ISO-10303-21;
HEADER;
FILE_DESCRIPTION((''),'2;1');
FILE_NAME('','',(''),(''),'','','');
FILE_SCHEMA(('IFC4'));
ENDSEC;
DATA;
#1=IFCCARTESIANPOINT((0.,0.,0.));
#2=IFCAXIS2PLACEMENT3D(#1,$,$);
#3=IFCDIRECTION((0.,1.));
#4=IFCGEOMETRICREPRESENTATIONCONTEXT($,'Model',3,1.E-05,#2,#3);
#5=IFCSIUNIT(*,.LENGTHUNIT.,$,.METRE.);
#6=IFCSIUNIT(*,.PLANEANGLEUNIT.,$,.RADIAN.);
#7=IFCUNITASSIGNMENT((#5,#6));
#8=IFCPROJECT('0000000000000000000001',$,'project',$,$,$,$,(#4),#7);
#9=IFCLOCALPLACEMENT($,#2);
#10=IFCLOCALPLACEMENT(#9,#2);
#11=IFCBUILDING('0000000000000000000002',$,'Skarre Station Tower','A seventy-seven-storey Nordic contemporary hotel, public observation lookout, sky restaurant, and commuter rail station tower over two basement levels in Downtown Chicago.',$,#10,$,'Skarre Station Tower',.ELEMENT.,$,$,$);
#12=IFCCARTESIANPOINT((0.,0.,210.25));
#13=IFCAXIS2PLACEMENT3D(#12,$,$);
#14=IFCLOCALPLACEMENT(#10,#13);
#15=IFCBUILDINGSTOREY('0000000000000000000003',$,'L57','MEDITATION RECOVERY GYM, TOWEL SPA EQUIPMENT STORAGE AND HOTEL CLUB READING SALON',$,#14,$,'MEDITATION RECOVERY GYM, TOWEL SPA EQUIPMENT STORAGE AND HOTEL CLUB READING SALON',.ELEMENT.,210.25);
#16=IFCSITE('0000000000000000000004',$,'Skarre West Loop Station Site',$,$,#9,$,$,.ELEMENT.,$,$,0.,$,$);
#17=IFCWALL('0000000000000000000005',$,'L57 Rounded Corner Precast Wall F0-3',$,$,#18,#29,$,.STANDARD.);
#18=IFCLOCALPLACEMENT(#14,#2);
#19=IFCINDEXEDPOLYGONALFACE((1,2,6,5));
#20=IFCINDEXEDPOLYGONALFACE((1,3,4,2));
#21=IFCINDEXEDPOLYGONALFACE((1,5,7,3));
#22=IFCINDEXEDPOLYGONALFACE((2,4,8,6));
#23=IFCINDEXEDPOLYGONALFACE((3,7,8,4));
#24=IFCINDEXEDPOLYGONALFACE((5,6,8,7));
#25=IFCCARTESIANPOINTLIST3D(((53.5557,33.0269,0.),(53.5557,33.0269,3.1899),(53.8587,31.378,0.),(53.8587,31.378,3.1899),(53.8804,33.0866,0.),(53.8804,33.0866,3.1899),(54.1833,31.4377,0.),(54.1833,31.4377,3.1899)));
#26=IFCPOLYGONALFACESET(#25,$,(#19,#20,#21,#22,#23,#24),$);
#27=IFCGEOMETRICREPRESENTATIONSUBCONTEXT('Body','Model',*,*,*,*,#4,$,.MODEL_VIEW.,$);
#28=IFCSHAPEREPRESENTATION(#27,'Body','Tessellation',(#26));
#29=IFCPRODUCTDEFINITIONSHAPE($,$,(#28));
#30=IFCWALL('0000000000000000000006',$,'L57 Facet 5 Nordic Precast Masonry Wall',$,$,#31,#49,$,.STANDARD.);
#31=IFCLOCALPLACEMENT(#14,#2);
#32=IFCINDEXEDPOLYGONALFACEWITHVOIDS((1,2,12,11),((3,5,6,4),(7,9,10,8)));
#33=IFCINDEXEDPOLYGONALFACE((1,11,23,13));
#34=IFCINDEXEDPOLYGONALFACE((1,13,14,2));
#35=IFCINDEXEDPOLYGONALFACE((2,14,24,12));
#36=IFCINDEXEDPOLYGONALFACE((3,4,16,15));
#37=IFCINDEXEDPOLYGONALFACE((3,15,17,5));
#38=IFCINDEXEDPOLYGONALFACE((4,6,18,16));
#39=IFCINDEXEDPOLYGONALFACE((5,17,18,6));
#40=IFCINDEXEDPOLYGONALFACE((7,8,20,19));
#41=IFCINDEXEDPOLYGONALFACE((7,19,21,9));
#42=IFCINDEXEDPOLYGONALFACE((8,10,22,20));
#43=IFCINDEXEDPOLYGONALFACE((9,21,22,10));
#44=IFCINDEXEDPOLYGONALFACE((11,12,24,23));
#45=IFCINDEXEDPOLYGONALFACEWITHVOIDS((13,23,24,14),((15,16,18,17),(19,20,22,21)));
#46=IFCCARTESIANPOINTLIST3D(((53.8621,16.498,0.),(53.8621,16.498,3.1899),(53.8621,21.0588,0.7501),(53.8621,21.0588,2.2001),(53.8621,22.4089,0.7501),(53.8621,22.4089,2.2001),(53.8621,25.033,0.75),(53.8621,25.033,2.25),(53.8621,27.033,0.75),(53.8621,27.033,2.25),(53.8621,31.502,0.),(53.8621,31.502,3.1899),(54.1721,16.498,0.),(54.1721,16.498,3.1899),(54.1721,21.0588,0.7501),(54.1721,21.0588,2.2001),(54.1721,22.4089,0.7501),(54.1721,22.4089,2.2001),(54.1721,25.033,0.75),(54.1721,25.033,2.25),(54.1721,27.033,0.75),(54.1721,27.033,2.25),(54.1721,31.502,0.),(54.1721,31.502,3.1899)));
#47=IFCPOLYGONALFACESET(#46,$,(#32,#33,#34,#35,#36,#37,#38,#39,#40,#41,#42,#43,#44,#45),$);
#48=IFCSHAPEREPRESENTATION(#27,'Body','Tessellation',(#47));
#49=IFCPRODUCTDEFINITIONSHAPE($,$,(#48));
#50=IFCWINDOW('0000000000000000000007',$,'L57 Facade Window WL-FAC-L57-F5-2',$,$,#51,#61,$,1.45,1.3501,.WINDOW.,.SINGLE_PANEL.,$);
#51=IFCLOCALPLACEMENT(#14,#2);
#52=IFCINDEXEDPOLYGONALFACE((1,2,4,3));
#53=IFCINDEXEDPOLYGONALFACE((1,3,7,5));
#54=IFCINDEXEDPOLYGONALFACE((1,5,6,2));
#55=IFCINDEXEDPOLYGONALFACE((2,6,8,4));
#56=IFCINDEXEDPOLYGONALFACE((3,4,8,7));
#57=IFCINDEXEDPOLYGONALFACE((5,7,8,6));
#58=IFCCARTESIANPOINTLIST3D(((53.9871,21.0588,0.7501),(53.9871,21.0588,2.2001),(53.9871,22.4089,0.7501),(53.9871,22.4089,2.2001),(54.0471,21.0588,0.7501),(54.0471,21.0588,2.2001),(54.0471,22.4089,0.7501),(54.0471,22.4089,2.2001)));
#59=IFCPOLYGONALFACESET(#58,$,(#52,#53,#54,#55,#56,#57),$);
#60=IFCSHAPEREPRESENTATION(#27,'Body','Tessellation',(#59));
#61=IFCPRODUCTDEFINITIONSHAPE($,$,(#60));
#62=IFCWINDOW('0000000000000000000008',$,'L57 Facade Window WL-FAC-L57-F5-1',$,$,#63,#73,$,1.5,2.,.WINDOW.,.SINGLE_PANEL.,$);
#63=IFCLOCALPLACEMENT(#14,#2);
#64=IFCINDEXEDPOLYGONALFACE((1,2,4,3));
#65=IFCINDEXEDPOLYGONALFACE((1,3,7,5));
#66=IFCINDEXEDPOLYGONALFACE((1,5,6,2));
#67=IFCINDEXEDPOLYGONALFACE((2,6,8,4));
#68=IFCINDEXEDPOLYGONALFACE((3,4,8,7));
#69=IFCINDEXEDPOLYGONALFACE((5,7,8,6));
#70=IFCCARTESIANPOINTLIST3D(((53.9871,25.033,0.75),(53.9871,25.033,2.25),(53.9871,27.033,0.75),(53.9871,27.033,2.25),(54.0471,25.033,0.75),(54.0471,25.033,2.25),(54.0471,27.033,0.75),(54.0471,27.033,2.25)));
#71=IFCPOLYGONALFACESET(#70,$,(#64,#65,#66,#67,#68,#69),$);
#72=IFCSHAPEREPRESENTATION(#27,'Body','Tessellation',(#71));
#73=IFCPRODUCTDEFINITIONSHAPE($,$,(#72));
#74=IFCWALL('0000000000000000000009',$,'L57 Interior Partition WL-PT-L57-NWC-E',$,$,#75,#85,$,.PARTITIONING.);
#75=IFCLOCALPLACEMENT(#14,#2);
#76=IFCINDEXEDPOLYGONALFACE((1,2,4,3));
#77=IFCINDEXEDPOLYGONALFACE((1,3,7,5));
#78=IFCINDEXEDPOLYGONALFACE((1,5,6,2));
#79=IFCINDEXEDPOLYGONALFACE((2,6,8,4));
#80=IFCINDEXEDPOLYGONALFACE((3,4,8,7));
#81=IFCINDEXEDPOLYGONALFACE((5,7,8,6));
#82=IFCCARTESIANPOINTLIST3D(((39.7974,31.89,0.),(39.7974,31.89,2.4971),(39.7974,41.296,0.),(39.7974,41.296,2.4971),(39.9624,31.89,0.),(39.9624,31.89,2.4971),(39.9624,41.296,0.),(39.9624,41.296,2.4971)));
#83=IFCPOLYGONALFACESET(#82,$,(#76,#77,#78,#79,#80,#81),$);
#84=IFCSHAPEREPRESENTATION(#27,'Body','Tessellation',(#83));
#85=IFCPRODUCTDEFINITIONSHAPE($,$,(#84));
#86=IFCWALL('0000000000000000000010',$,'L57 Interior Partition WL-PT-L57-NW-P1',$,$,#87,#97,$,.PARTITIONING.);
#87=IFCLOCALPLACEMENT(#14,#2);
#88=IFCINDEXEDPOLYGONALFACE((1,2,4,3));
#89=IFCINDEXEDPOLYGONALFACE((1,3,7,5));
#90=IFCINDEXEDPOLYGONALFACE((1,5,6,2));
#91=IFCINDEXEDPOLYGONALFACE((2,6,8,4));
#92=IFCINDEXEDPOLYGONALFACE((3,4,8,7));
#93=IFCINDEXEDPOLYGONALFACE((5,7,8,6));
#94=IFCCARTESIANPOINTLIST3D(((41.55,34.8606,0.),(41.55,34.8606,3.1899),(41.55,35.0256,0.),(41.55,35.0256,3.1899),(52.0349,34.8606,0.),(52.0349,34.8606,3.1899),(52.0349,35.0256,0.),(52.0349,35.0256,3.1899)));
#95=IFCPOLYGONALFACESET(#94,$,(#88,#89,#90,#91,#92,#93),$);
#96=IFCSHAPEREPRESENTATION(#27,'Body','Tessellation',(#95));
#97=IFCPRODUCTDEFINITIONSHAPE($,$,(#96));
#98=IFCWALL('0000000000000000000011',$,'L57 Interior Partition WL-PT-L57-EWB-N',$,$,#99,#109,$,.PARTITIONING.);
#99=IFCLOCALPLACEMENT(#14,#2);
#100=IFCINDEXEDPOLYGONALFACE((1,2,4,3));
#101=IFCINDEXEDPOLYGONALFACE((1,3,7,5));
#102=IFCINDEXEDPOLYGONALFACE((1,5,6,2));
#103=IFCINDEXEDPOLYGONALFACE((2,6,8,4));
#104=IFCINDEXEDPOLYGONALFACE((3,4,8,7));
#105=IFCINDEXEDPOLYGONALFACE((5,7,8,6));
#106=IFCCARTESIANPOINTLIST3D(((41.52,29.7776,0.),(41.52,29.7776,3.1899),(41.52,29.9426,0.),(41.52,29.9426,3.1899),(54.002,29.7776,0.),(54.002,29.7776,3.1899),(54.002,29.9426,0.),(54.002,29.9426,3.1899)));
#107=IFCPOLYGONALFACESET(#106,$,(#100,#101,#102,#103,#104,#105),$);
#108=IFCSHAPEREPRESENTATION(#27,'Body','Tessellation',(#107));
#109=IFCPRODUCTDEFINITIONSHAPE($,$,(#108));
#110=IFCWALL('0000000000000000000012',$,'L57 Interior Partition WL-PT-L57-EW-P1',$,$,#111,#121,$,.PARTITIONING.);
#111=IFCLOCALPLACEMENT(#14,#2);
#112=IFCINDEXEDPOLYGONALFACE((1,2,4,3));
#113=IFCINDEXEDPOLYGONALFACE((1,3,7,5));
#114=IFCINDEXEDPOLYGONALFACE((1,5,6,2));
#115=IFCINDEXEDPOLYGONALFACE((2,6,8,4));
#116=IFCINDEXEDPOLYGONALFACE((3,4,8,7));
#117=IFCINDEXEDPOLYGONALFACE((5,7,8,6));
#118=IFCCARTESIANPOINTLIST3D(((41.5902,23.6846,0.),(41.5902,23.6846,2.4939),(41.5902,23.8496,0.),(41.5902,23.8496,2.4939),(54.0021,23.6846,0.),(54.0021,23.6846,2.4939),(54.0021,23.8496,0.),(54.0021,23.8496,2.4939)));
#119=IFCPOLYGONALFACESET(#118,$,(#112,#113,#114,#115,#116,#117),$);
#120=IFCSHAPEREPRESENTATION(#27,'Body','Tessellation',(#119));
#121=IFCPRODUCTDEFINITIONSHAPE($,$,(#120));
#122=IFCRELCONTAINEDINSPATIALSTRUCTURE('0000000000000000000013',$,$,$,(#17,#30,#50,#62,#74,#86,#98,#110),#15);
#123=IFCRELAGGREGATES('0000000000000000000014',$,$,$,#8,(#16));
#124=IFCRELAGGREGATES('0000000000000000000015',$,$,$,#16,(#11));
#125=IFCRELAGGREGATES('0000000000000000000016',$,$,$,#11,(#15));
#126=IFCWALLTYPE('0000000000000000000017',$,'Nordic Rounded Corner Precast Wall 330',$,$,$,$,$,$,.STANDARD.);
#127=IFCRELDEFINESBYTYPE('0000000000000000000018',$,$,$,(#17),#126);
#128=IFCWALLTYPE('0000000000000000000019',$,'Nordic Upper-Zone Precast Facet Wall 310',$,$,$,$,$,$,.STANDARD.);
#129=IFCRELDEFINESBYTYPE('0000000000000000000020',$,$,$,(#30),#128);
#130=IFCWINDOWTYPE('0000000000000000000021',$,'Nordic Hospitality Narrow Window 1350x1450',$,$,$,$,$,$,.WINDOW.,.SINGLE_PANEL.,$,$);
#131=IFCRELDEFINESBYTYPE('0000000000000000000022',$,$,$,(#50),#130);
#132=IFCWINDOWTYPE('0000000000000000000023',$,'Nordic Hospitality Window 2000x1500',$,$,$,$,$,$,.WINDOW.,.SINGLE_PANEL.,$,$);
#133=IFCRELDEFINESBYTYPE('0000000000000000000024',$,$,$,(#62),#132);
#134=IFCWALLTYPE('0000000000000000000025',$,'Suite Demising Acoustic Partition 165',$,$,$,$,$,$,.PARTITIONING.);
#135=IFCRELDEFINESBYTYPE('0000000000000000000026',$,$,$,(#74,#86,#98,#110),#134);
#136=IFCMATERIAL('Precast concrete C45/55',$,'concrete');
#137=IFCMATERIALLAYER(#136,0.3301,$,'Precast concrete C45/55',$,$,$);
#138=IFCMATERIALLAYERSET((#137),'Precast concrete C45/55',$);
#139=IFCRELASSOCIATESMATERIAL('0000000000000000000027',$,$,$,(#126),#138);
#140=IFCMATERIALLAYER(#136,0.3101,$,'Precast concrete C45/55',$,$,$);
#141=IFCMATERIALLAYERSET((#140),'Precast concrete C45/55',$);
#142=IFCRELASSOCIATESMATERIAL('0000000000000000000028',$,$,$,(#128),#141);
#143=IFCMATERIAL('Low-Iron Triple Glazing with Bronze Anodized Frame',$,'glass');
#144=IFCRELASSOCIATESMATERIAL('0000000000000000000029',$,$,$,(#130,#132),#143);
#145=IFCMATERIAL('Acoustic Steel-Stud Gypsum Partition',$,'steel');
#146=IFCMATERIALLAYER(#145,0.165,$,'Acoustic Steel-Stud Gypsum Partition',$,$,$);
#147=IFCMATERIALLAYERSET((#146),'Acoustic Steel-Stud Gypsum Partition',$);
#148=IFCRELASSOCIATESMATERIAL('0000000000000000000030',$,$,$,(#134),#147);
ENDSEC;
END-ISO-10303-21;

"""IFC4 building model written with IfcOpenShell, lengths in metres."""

from ifc_helpers import new_model, si_unit, direction, frame, frame_2d, origin, place, context, subcontext, project, spatial, rectangle, extrude, material, layer, layer_set, type_object, element, fill, save


model = new_model("IFC4")

# Units and contexts
model_context = context("Model", 3, precision=1e-05, world=origin(), true_north=direction((0.0, 1.0)))
body_context = subcontext(model_context, "Body", "Model", "MODEL_VIEW")
ifc_project = project(units=[si_unit("LENGTHUNIT", "METRE"), si_unit("PLANEANGLEUNIT", "RADIAN")], contexts=[model_context])

# Site, building, storey
site_placement = place(None, origin())
site = spatial("IfcSite", under=ifc_project, at=site_placement, Name="Skarre West Loop Station Site", CompositionType="ELEMENT", RefElevation=0.0)
building_placement = place(site_placement, origin())
building = spatial("IfcBuilding", under=site, at=building_placement, Name="Skarre Station Tower", Description="A seventy-seven-storey Nordic contemporary hotel, public observation lookout, sky restaurant, and commuter rail station tower over two basement levels in Downtown Chicago.", LongName="Skarre Station Tower", CompositionType="ELEMENT")
storey_placement = place(building_placement, frame((0.0, 0.0, 210.25)))
storey = spatial("IfcBuildingStorey", under=building, at=storey_placement, Name="L57", Description="MEDITATION RECOVERY GYM, TOWEL SPA EQUIPMENT STORAGE AND HOTEL CLUB READING SALON", LongName="MEDITATION RECOVERY GYM, TOWEL SPA EQUIPMENT STORAGE AND HOTEL CLUB READING SALON", CompositionType="ELEMENT", Elevation=210.25)

# Shared definitions
ifc_material_1 = material(Name="Acoustic Steel-Stud Gypsum Partition", Category="steel")

# Wall
ifc_material_2 = material(Name="Precast concrete C45/55", Category="concrete")
ifc_layer_1 = layer(ifc_material_2, 0.3301, Name="Precast concrete C45/55")
ifc_layer_set_1 = layer_set([ifc_layer_1], Name="Precast concrete C45/55")
wall_type_1 = type_object("IfcWallType", Name="Nordic Rounded Corner Precast Wall 330", PredefinedType="STANDARD", material=ifc_layer_set_1)
wall_1_placement = place(storey_placement, frame((53.718, 33.0569, 0.0), z_axis=(0.0, 0.0, 1.0), x_axis=(0.180718, -0.983535, 0.0)))
element("IfcWall", 1, at=wall_1_placement, inside=storey, type_object=wall_type_1, Name="L57 Rounded Corner Precast Wall F0-3", PredefinedType="STANDARD", context=body_context, shape_type="SweptSolid", body=[
    extrude(rectangle(XDim=1.6765, YDim=0.3301, at=frame_2d((0.8384, 0.0))), origin(), (0.0, 0.0, 1.0), 3.1899),
])

# Wall, openings, windows
ifc_layer_2 = layer(ifc_material_2, 0.3101, Name="Precast concrete C45/55")
ifc_layer_set_2 = layer_set([ifc_layer_2], Name="Precast concrete C45/55")
wall_type_2 = type_object("IfcWallType", Name="Nordic Upper-Zone Precast Facet Wall 310", PredefinedType="STANDARD", material=ifc_layer_set_2)
wall_2_placement = place(storey_placement, frame((54.0171, 31.502, 0.0), z_axis=(0.0, 0.0, 1.0), x_axis=(0.0, -1.0, 0.0)))
wall_2 = element("IfcWall", 2, at=wall_2_placement, inside=storey, type_object=wall_type_2, Name="L57 Facet 5 Nordic Precast Masonry Wall", PredefinedType="STANDARD", context=body_context, shape_type="SweptSolid", body=[
    extrude(rectangle(XDim=15.0039, YDim=0.3101, at=frame_2d((7.502, 0.0))), origin(), (0.0, 0.0, 1.0), 3.1899),
])
opening_1_placement = place(wall_2_placement, frame((4.469, 0.0, 0.75)))
opening_1 = element("IfcOpeningElement", 3, at=opening_1_placement, cuts=wall_2, PredefinedType="OPENING", context=body_context, shape_type="SweptSolid", body=[
    extrude(rectangle(XDim=2.0, YDim=1.5, at=frame_2d((1.0, 0.75))), frame((0.0, 0.165, 0.0), z_axis=(0.0, -1.0, 0.0), x_axis=(1.0, 0.0, 0.0)), (0.0, 0.0, 1.0), 0.3301),
])
opening_2_placement = place(wall_2_placement, frame((9.093, 0.0, 0.75)))
opening_2 = element("IfcOpeningElement", 4, at=opening_2_placement, cuts=wall_2, PredefinedType="OPENING", context=body_context, shape_type="SweptSolid", body=[
    extrude(rectangle(XDim=1.3501, YDim=1.45, at=frame_2d((0.675, 0.7251))), frame((0.0, 0.165, 0.0), z_axis=(0.0, -1.0, 0.0), x_axis=(1.0, 0.0, 0.0)), (0.0, 0.0, 1.0), 0.3301),
])
ifc_material_3 = material(Name="Low-Iron Triple Glazing with Bronze Anodized Frame", Category="glass")
window_type_1 = type_object("IfcWindowType", Name="Nordic Hospitality Narrow Window 1350x1450", PartitioningType="SINGLE_PANEL", PredefinedType="WINDOW", material=ifc_material_3)
window_1_placement = place(opening_2_placement, origin())
window_1 = element("IfcWindow", 5, at=window_1_placement, inside=storey, type_object=window_type_1, Name="L57 Facade Window WL-FAC-L57-F5-2", OverallHeight=1.45, OverallWidth=1.3501, PartitioningType="SINGLE_PANEL", PredefinedType="WINDOW", context=body_context, shape_type="SweptSolid", body=[
    extrude(rectangle(XDim=1.3501, YDim=1.45, at=frame_2d((0.675, 0.7251))), frame((0.0, 0.03, 0.0), z_axis=(0.0, -1.0, 0.0), x_axis=(1.0, 0.0, 0.0)), (0.0, 0.0, 1.0), 0.0601),
])
fill(opening_2, window_1)
window_type_2 = type_object("IfcWindowType", Name="Nordic Hospitality Window 2000x1500", PartitioningType="SINGLE_PANEL", PredefinedType="WINDOW", material=ifc_material_3)
window_2_placement = place(opening_1_placement, origin())
window_2 = element("IfcWindow", 6, at=window_2_placement, inside=storey, type_object=window_type_2, Name="L57 Facade Window WL-FAC-L57-F5-1", OverallHeight=1.5, OverallWidth=2.0, PartitioningType="SINGLE_PANEL", PredefinedType="WINDOW", context=body_context, shape_type="SweptSolid", body=[
    extrude(rectangle(XDim=2.0, YDim=1.5, at=frame_2d((1.0, 0.75))), frame((0.0, 0.03, 0.0), z_axis=(0.0, -1.0, 0.0), x_axis=(1.0, 0.0, 0.0)), (0.0, 0.0, 1.0), 0.0601),
])
fill(opening_1, window_2)

# Walls
ifc_layer_3 = layer(ifc_material_1, 0.165, Name="Acoustic Steel-Stud Gypsum Partition")
ifc_layer_set_3 = layer_set([ifc_layer_3], Name="Acoustic Steel-Stud Gypsum Partition")
wall_type_3 = type_object("IfcWallType", Name="Suite Demising Acoustic Partition 165", PredefinedType="PARTITIONING", material=ifc_layer_set_3)
wall_3_placement = place(storey_placement, frame((39.8799, 31.8899, 0.0), z_axis=(0.0, 0.0, 1.0), x_axis=(0.0, 1.0, 0.0)))
element("IfcWall", 7, at=wall_3_placement, inside=storey, type_object=wall_type_3, Name="L57 Interior Partition WL-PT-L57-NWC-E", PredefinedType="PARTITIONING", context=body_context, shape_type="SweptSolid", body=[
    extrude(rectangle(XDim=9.406, YDim=0.165, at=frame_2d((4.7031, 0.0))), origin(), (0.0, 0.0, 1.0), 2.4971),
])
wall_4_placement = place(storey_placement, frame((41.55, 34.9431, 0.0), z_axis=(0.0, 0.0, 1.0), x_axis=(1.0, 0.0, 0.0)))
element("IfcWall", 8, at=wall_4_placement, inside=storey, type_object=wall_type_3, Name="L57 Interior Partition WL-PT-L57-NW-P1", PredefinedType="PARTITIONING", context=body_context, shape_type="SweptSolid", body=[
    extrude(rectangle(XDim=10.4849, YDim=0.165, at=frame_2d((5.2424, 0.0))), origin(), (0.0, 0.0, 1.0), 3.1899),
])
wall_5_placement = place(storey_placement, frame((41.52, 29.8601, 0.0), z_axis=(0.0, 0.0, 1.0), x_axis=(1.0, 0.0, 0.0)))
element("IfcWall", 9, at=wall_5_placement, inside=storey, type_object=wall_type_3, Name="L57 Interior Partition WL-PT-L57-EWB-N", PredefinedType="PARTITIONING", context=body_context, shape_type="SweptSolid", body=[
    extrude(rectangle(XDim=12.4819, YDim=0.165, at=frame_2d((6.241, 0.0))), origin(), (0.0, 0.0, 1.0), 3.1899),
])
wall_6_placement = place(storey_placement, frame((41.5901, 23.7671, 0.0), z_axis=(0.0, 0.0, 1.0), x_axis=(1.0, 0.0, 0.0)))
element("IfcWall", 10, at=wall_6_placement, inside=storey, type_object=wall_type_3, Name="L57 Interior Partition WL-PT-L57-EW-P1", PredefinedType="PARTITIONING", context=body_context, shape_type="SweptSolid", body=[
    extrude(rectangle(XDim=12.4119, YDim=0.165, at=frame_2d((6.2061, 0.0))), origin(), (0.0, 0.0, 1.0), 2.4939),
])

save(model, "model.ifc")
